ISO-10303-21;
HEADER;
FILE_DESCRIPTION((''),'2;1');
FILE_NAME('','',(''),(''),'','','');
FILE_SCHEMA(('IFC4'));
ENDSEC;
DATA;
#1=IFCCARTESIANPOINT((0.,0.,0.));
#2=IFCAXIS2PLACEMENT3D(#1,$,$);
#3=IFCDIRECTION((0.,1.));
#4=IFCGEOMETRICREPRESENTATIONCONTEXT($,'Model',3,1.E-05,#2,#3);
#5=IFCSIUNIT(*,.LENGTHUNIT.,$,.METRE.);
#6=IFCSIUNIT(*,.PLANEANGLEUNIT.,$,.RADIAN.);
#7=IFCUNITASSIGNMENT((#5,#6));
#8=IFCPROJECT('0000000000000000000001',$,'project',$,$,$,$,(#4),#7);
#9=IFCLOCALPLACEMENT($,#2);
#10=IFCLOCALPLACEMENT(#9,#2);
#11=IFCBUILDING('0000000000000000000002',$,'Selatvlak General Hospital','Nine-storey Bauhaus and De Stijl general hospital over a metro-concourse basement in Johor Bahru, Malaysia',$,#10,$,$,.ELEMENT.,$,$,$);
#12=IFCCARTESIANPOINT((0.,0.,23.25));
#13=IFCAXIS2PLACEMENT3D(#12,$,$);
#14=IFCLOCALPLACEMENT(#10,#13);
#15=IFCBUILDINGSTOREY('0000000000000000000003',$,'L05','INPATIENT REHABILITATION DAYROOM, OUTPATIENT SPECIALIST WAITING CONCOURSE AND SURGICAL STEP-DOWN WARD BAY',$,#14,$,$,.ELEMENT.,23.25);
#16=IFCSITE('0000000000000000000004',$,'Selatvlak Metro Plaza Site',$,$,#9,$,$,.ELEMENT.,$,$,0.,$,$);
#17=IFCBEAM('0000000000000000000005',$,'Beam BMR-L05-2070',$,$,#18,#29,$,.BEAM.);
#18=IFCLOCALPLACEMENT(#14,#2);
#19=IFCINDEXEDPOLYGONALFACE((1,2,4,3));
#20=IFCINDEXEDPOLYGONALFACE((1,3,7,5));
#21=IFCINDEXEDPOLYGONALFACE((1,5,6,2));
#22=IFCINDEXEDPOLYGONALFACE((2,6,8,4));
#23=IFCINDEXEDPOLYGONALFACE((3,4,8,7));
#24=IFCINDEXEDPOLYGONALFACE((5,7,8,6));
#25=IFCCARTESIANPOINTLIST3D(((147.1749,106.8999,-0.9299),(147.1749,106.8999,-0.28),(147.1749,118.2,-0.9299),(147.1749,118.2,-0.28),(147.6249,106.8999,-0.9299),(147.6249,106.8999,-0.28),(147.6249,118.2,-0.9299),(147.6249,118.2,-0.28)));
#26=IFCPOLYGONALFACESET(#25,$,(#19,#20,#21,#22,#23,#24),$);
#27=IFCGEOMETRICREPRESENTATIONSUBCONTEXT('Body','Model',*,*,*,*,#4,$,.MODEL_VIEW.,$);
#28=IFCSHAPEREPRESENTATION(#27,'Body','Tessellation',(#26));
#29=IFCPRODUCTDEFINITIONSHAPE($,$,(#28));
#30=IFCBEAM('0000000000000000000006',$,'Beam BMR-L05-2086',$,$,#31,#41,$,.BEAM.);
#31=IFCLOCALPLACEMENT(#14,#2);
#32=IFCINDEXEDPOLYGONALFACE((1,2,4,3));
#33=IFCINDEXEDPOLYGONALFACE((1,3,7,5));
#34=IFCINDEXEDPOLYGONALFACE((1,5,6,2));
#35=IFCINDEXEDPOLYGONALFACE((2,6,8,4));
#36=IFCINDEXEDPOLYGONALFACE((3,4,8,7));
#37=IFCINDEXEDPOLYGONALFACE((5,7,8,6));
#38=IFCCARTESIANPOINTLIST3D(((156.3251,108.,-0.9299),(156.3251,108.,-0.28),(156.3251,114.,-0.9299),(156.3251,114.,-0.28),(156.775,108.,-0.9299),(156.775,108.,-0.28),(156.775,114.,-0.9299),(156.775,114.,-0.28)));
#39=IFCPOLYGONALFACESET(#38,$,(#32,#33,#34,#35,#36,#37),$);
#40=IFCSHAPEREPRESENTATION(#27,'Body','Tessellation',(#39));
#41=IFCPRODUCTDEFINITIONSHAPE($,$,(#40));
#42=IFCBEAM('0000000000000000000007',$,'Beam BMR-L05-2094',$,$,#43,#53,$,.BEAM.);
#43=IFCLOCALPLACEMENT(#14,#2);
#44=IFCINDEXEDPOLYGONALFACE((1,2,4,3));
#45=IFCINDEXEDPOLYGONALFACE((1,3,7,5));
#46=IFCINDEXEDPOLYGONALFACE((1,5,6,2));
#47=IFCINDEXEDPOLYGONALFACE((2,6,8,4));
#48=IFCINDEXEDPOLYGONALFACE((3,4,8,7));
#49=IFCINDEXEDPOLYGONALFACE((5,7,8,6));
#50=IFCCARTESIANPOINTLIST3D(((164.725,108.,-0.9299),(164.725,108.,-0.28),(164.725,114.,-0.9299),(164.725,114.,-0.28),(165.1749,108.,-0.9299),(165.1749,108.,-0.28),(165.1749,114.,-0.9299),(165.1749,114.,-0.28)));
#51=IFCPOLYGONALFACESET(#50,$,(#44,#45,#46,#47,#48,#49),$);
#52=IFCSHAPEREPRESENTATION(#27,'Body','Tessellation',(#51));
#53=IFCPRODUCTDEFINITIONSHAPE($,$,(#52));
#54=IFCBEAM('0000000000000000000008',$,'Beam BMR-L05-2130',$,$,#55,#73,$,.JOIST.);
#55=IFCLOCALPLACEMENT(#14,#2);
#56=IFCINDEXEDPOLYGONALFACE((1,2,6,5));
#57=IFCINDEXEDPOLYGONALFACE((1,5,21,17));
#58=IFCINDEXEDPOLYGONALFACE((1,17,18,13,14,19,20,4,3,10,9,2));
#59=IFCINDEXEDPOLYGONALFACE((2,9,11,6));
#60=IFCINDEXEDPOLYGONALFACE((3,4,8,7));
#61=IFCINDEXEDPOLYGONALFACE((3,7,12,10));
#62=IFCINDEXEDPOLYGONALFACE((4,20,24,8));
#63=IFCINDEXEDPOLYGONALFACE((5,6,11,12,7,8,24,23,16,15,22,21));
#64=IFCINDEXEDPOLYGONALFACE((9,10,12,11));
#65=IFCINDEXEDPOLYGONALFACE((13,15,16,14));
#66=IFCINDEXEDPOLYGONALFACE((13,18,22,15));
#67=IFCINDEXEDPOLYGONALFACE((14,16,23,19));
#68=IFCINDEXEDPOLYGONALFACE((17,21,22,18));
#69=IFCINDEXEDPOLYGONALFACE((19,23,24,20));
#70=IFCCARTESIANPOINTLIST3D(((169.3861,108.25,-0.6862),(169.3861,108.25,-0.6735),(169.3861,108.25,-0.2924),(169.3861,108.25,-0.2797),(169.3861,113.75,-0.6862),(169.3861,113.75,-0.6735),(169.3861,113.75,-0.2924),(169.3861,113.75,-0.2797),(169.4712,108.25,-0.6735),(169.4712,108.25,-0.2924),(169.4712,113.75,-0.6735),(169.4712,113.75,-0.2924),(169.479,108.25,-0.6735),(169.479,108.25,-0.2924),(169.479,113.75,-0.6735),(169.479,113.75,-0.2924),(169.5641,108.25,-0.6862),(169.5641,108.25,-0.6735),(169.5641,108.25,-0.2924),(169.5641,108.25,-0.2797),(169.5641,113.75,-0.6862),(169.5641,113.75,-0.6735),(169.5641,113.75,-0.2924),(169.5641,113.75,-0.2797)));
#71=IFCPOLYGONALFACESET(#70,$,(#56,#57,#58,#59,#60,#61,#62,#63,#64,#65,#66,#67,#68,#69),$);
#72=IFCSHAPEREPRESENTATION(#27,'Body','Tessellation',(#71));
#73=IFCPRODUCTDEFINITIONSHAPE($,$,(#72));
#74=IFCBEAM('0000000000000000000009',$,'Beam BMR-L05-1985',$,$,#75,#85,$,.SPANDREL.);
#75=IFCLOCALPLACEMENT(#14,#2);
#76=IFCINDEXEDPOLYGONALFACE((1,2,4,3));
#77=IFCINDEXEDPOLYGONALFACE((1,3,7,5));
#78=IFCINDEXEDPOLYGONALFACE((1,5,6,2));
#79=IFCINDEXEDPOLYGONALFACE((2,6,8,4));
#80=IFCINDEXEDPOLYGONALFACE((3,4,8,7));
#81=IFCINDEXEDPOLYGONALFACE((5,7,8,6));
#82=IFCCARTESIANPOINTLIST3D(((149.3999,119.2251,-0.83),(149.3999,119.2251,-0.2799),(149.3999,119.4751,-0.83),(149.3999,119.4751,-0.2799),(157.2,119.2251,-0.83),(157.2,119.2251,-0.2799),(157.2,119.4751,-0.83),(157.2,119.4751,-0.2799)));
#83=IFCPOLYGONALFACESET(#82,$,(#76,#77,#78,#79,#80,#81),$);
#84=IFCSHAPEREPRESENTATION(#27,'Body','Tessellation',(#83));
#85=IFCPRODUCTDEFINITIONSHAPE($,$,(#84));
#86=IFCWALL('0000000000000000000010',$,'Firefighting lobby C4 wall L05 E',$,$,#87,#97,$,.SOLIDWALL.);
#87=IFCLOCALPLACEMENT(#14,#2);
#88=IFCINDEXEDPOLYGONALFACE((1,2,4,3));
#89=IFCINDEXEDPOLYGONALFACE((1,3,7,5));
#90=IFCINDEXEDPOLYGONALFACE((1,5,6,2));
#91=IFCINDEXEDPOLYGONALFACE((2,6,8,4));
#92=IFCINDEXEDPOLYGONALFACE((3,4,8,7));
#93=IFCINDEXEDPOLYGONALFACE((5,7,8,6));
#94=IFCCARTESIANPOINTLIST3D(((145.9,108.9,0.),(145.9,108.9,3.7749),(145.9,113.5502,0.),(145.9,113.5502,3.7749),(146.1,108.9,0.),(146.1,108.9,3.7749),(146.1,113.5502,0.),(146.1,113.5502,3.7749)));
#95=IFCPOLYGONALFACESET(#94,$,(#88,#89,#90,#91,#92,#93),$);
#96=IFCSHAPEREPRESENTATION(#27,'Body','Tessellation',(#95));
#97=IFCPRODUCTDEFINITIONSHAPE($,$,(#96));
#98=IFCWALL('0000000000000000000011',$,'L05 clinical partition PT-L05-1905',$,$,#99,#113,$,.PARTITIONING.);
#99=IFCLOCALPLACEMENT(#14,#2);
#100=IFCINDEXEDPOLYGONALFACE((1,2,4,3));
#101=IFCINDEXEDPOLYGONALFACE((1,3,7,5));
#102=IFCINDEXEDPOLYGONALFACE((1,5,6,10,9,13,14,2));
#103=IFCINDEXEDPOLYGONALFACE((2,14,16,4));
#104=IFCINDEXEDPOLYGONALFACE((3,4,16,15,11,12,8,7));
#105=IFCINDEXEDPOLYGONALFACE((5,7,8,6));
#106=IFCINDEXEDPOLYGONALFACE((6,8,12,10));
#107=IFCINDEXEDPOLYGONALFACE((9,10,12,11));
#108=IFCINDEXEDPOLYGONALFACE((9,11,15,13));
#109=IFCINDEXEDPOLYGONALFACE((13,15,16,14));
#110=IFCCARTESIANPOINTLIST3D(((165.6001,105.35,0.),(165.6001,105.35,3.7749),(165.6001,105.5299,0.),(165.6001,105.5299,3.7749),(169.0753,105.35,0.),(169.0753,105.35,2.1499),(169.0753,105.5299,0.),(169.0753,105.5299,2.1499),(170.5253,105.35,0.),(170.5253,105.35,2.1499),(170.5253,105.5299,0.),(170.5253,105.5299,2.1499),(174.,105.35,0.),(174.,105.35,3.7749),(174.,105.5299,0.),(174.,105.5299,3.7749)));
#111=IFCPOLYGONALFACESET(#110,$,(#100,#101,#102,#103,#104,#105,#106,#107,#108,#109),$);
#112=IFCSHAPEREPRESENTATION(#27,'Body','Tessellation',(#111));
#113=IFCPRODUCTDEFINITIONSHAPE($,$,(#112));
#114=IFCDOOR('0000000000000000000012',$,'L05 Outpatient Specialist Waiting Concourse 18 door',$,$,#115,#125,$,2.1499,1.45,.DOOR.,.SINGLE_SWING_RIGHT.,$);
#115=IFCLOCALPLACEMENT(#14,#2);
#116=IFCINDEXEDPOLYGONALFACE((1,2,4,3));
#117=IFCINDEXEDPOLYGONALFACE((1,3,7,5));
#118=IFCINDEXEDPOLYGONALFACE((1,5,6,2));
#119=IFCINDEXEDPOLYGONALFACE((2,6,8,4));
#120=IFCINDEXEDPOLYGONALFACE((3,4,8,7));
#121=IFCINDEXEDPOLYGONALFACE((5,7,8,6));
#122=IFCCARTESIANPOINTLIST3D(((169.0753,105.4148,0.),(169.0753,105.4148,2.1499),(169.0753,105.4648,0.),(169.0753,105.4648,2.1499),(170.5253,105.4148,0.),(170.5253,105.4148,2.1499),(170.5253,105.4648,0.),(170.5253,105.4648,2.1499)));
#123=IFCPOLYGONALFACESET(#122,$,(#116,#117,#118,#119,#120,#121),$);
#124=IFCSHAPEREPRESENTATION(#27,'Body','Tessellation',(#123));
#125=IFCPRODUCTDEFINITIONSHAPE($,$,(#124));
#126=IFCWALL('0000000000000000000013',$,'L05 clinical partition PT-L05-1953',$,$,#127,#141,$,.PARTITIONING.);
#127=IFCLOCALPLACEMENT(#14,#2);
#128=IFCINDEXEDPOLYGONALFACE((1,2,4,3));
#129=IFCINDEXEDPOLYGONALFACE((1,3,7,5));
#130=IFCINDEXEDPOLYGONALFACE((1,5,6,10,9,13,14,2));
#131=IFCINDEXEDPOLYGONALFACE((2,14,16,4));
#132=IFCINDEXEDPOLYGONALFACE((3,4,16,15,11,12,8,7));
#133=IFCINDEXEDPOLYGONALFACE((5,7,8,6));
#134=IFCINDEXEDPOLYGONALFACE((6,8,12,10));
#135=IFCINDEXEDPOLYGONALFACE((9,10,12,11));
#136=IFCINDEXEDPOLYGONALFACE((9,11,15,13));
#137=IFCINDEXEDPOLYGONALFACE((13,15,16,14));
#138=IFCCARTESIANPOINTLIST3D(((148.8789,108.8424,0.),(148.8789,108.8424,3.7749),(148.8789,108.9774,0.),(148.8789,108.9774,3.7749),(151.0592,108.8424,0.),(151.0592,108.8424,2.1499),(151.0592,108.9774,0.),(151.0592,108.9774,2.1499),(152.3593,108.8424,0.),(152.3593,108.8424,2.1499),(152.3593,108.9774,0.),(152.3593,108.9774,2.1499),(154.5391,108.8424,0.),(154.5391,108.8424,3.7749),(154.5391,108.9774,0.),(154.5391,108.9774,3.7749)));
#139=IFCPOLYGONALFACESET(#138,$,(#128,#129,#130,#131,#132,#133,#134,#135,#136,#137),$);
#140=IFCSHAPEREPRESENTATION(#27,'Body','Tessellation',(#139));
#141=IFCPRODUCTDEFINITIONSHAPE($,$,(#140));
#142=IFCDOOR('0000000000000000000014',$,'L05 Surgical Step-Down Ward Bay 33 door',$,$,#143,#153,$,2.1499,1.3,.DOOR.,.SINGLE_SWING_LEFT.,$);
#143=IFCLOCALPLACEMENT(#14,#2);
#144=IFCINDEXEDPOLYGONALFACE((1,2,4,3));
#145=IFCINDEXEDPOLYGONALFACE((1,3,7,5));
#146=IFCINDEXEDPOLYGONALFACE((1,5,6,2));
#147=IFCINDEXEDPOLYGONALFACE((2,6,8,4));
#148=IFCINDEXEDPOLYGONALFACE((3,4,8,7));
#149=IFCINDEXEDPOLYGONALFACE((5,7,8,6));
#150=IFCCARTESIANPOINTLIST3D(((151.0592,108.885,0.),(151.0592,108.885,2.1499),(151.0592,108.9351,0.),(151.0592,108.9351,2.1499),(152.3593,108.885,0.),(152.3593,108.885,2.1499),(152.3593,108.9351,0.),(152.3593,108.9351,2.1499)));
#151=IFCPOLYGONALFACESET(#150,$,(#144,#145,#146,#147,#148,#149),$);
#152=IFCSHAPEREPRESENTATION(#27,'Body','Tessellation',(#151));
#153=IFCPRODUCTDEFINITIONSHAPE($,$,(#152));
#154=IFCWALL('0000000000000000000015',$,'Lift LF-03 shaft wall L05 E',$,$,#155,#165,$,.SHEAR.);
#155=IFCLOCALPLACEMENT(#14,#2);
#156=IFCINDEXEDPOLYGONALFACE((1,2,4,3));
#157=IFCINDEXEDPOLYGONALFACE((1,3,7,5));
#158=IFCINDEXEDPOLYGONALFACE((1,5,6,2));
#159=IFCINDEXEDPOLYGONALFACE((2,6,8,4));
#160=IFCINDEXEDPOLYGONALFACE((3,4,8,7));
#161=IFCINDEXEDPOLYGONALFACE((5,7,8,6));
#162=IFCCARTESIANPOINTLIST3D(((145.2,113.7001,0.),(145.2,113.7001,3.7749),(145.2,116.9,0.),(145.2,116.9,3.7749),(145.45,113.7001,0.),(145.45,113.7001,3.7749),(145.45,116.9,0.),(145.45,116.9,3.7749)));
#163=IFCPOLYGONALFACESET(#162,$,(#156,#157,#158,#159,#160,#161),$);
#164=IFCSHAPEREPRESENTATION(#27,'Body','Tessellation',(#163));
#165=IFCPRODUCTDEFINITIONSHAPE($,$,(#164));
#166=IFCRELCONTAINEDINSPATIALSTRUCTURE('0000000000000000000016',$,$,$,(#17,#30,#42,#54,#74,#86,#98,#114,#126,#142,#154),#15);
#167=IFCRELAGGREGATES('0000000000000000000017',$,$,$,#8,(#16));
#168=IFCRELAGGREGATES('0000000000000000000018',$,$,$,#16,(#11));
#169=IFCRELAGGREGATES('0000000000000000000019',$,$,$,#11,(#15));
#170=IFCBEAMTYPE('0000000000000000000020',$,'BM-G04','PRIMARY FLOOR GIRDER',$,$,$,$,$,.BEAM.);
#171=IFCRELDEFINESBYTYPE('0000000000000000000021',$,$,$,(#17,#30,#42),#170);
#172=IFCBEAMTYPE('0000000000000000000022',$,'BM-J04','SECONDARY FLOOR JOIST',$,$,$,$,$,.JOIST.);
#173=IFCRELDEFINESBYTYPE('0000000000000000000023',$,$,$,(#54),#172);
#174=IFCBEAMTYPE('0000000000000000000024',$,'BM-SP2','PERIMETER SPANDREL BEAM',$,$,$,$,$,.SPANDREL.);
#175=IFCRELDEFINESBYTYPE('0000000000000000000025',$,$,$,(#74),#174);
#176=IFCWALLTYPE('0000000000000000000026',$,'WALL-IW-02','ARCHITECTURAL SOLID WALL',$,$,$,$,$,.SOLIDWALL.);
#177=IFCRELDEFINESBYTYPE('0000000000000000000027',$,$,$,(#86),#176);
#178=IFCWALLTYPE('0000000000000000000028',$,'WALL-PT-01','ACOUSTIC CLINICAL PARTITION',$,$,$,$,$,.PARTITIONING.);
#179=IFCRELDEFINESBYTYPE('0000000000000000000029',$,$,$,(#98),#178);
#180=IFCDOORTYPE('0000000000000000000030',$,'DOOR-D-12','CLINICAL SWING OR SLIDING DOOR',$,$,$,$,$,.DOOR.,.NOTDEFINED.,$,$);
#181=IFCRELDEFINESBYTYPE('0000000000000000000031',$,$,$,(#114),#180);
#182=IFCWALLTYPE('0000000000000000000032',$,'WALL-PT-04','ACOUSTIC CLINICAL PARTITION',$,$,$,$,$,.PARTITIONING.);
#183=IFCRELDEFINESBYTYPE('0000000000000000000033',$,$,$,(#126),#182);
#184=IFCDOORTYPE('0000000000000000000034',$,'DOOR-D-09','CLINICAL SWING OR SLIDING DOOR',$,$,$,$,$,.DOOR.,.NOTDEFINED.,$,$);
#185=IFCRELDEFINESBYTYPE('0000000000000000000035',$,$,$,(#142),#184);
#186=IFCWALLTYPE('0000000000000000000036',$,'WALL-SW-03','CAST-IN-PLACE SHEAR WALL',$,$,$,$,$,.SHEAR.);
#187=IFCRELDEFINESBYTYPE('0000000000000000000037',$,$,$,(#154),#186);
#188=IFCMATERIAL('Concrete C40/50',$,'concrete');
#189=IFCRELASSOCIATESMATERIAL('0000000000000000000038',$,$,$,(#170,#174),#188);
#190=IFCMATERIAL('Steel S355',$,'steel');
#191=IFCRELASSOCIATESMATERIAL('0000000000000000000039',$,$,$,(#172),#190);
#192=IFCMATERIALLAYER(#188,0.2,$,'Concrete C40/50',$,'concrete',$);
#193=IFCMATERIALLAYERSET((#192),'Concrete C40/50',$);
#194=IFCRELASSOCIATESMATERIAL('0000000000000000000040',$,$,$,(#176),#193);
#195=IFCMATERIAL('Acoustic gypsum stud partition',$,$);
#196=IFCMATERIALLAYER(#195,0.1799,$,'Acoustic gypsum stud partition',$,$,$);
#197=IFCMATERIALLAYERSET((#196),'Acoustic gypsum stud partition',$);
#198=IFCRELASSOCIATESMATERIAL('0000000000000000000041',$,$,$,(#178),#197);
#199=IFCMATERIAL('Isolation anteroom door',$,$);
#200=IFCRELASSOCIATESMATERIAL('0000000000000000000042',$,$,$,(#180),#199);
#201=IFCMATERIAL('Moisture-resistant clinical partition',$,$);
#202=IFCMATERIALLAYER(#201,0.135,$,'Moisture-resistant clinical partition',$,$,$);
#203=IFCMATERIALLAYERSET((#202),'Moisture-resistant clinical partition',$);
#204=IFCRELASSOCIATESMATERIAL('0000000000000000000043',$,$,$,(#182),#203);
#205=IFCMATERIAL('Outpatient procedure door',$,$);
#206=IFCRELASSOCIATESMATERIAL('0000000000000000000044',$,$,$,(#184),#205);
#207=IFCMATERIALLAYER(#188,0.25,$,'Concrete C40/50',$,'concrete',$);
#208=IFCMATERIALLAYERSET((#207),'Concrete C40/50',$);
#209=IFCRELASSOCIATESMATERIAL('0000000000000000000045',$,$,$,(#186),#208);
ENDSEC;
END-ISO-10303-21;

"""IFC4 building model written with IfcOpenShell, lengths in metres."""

from ifc_helpers import new_model, si_unit, direction, frame, frame_2d, origin, origin_2d, place, context, subcontext, project, spatial, rectangle, i_section, extrude, material, layer, layer_set, material_profile, profile_set, type_object, element, fill, save


model = new_model("IFC4")

# Units and contexts
model_context = context("Model", 3, precision=1e-05, world=origin(), true_north=direction((0.0, 1.0)))
body_context = subcontext(model_context, "Body", "Model", "MODEL_VIEW")
ifc_project = project(units=[si_unit("LENGTHUNIT", "METRE"), si_unit("PLANEANGLEUNIT", "RADIAN")], contexts=[model_context])

# Site, building, storey
site_placement = place(None, origin())
site = spatial("IfcSite", under=ifc_project, at=site_placement, Name="Selatvlak Metro Plaza Site", CompositionType="ELEMENT", RefElevation=0.0)
building_placement = place(site_placement, origin())
building = spatial("IfcBuilding", under=site, at=building_placement, Name="Selatvlak General Hospital", Description="Nine-storey Bauhaus and De Stijl general hospital over a metro-concourse basement in Johor Bahru, Malaysia", CompositionType="ELEMENT")
storey_placement = place(building_placement, frame((0.0, 0.0, 23.25)))
storey = spatial("IfcBuildingStorey", under=building, at=storey_placement, Name="L05", Description="INPATIENT REHABILITATION DAYROOM, OUTPATIENT SPECIALIST WAITING CONCOURSE AND SURGICAL STEP-DOWN WARD BAY", CompositionType="ELEMENT", Elevation=23.25)

# Shared definitions
ifc_material_1 = material(Name="Concrete C40/50", Category="concrete")

# Beams
ifc_material_profile_1 = material_profile(ifc_material_1, rectangle(XDim=0.45, YDim=0.6499, at=origin_2d()), Name="RC-BM 450x650")
ifc_profile_set_1 = profile_set([ifc_material_profile_1], Name="Concrete C40/50")
beam_type_1 = type_object("IfcBeamType", Name="BM-G04", Description="PRIMARY FLOOR GIRDER", PredefinedType="BEAM", material=ifc_profile_set_1)
beam_1_placement = place(storey_placement, frame((147.3999, 106.8999, -0.605), z_axis=(0.0, 1.0, 0.0), x_axis=(-1.0, 0.0, 0.0)))
element("IfcBeam", 1, at=beam_1_placement, inside=storey, type_object=beam_type_1, Name="Beam BMR-L05-2070", PredefinedType="BEAM", context=body_context, shape_type="SweptSolid", body=[
    extrude(rectangle(XDim=0.45, YDim=0.6499, at=origin_2d()), origin(), (0.0, 0.0, 1.0), 11.3),
])
for number, where, z_axis, x_axis, name in (
    (2, (156.55, 108.0, -0.605), (0.0, 1.0, 0.0), (-1.0, 0.0, 0.0), "Beam BMR-L05-2086"),
    (3, (164.95, 108.0, -0.605), (0.0, 1.0, 0.0), (-1.0, 0.0, 0.0), "Beam BMR-L05-2094"),
):
    element("IfcBeam", number, at=place(storey_placement, frame(where, z_axis=z_axis, x_axis=x_axis)), inside=storey, type_object=beam_type_1, Name=name, PredefinedType="BEAM", context=body_context, shape_type="SweptSolid", body=[
        extrude(rectangle(XDim=0.45, YDim=0.6499, at=origin_2d()), origin(), (0.0, 0.0, 1.0), 6.0),
    ])
ifc_material_2 = material(Name="Steel S355", Category="steel")
ifc_material_profile_2 = material_profile(ifc_material_2, i_section(OverallWidth=0.178, OverallDepth=0.4065, WebThickness=0.0078, FlangeThickness=0.0127, at=origin_2d()), Name="UB 406x178x60")
ifc_profile_set_2 = profile_set([ifc_material_profile_2], Name="Steel S355")
beam_type_2 = type_object("IfcBeamType", Name="BM-J04", Description="SECONDARY FLOOR JOIST", PredefinedType="JOIST", material=ifc_profile_set_2)
beam_2_placement = place(storey_placement, frame((169.4751, 108.25, -0.4829), z_axis=(0.0, 1.0, 0.0), x_axis=(-1.0, 0.0, 0.0)))
element("IfcBeam", 4, at=beam_2_placement, inside=storey, type_object=beam_type_2, Name="Beam BMR-L05-2130", PredefinedType="JOIST", context=body_context, shape_type="SweptSolid", body=[
    extrude(i_section(OverallWidth=0.178, OverallDepth=0.4065, WebThickness=0.0078, FlangeThickness=0.0127, at=origin_2d()), origin(), (0.0, 0.0, 1.0), 5.5),
])
ifc_material_profile_3 = material_profile(ifc_material_1, rectangle(XDim=0.25, YDim=0.55, at=origin_2d()), Name="RC-SP 250x550")
ifc_profile_set_3 = profile_set([ifc_material_profile_3], Name="Concrete C40/50")
beam_type_3 = type_object("IfcBeamType", Name="BM-SP2", Description="PERIMETER SPANDREL BEAM", PredefinedType="SPANDREL", material=ifc_profile_set_3)
beam_3_placement = place(storey_placement, frame((149.3999, 119.3501, -0.5549), z_axis=(1.0, 0.0, 0.0), x_axis=(0.0, 1.0, 0.0)))
element("IfcBeam", 5, at=beam_3_placement, inside=storey, type_object=beam_type_3, Name="Beam BMR-L05-1985", PredefinedType="SPANDREL", context=body_context, shape_type="SweptSolid", body=[
    extrude(rectangle(XDim=0.25, YDim=0.55, at=origin_2d()), origin(), (0.0, 0.0, 1.0), 7.8),
])

# Wall
ifc_layer_1 = layer(ifc_material_1, 0.2, Name="Concrete C40/50", Category="concrete")
ifc_layer_set_1 = layer_set([ifc_layer_1], Name="Concrete C40/50")
wall_type_1 = type_object("IfcWallType", Name="WALL-IW-02", Description="ARCHITECTURAL SOLID WALL", PredefinedType="SOLIDWALL", material=ifc_layer_set_1)
wall_1_placement = place(storey_placement, frame((146.0, 108.8999, 0.0), z_axis=(0.0, 0.0, 1.0), x_axis=(0.0, 1.0, 0.0)))
element("IfcWall", 6, at=wall_1_placement, inside=storey, type_object=wall_type_1, Name="Firefighting lobby C4 wall L05 E", PredefinedType="SOLIDWALL", context=body_context, shape_type="SweptSolid", body=[
    extrude(rectangle(XDim=4.6501, YDim=0.2, at=frame_2d((2.3252, 0.0))), origin(), (0.0, 0.0, 1.0), 3.7749),
])

# Walls, openings, doors
ifc_material_3 = material(Name="Acoustic gypsum stud partition")
ifc_layer_2 = layer(ifc_material_3, 0.1799, Name="Acoustic gypsum stud partition")
ifc_layer_set_2 = layer_set([ifc_layer_2], Name="Acoustic gypsum stud partition")
wall_type_2 = type_object("IfcWallType", Name="WALL-PT-01", Description="ACOUSTIC CLINICAL PARTITION", PredefinedType="PARTITIONING", material=ifc_layer_set_2)
wall_2_placement = place(storey_placement, frame((165.6001, 105.4399, 0.0), z_axis=(0.0, 0.0, 1.0), x_axis=(1.0, 0.0, 0.0)))
wall_2 = element("IfcWall", 7, at=wall_2_placement, inside=storey, type_object=wall_type_2, Name="L05 clinical partition PT-L05-1905", PredefinedType="PARTITIONING", context=body_context, shape_type="SweptSolid", body=[
    extrude(rectangle(XDim=8.3999, YDim=0.1799, at=frame_2d((4.2, 0.0))), origin(), (0.0, 0.0, 1.0), 3.7749),
])
opening_1_placement = place(wall_2_placement, frame((3.4751, 0.0, 0.0)))
opening_1 = element("IfcOpeningElement", 8, at=opening_1_placement, cuts=wall_2, PredefinedType="OPENING", context=body_context, shape_type="SweptSolid", body=[
    extrude(rectangle(XDim=1.45, YDim=2.1499, at=frame_2d((0.7251, 1.075))), frame((0.0, 0.0999, 0.0), z_axis=(0.0, -1.0, 0.0), x_axis=(1.0, 0.0, 0.0)), (0.0, 0.0, 1.0), 0.2),
])
ifc_material_4 = material(Name="Isolation anteroom door")
door_type_1 = type_object("IfcDoorType", Name="DOOR-D-12", Description="CLINICAL SWING OR SLIDING DOOR", OperationType="NOTDEFINED", PredefinedType="DOOR", material=ifc_material_4)
door_1_placement = place(opening_1_placement, origin())
door_1 = element("IfcDoor", 9, at=door_1_placement, inside=storey, type_object=door_type_1, Name="L05 Outpatient Specialist Waiting Concourse 18 door", OperationType="SINGLE_SWING_RIGHT", OverallHeight=2.1499, OverallWidth=1.45, PredefinedType="DOOR", context=body_context, shape_type="SweptSolid", body=[
    extrude(rectangle(XDim=1.45, YDim=2.1499, at=frame_2d((0.7251, 1.075))), frame((0.0, 0.0249, 0.0), z_axis=(0.0, -1.0, 0.0), x_axis=(1.0, 0.0, 0.0)), (0.0, 0.0, 1.0), 0.05),
])
fill(opening_1, door_1)
ifc_material_5 = material(Name="Moisture-resistant clinical partition")
ifc_layer_3 = layer(ifc_material_5, 0.135, Name="Moisture-resistant clinical partition")
ifc_layer_set_3 = layer_set([ifc_layer_3], Name="Moisture-resistant clinical partition")
wall_type_3 = type_object("IfcWallType", Name="WALL-PT-04", Description="ACOUSTIC CLINICAL PARTITION", PredefinedType="PARTITIONING", material=ifc_layer_set_3)
wall_3_placement = place(storey_placement, frame((154.5391, 108.9099, 0.0), z_axis=(0.0, 0.0, 1.0), x_axis=(-1.0, 0.0, 0.0)))
wall_3 = element("IfcWall", 10, at=wall_3_placement, inside=storey, type_object=wall_type_3, Name="L05 clinical partition PT-L05-1953", PredefinedType="PARTITIONING", context=body_context, shape_type="SweptSolid", body=[
    extrude(rectangle(XDim=5.6602, YDim=0.135, at=frame_2d((2.8301, 0.0))), origin(), (0.0, 0.0, 1.0), 3.7749),
])
opening_2_placement = place(wall_3_placement, frame((2.1799, 0.0, 0.0)))
opening_2 = element("IfcOpeningElement", 11, at=opening_2_placement, cuts=wall_3, PredefinedType="OPENING", context=body_context, shape_type="SweptSolid", body=[
    extrude(rectangle(XDim=1.3, YDim=2.1499, at=frame_2d((0.6499, 1.075))), frame((0.0, 0.0774, 0.0), z_axis=(0.0, -1.0, 0.0), x_axis=(1.0, 0.0, 0.0)), (0.0, 0.0, 1.0), 0.155),
])
ifc_material_6 = material(Name="Outpatient procedure door")
door_type_2 = type_object("IfcDoorType", Name="DOOR-D-09", Description="CLINICAL SWING OR SLIDING DOOR", OperationType="NOTDEFINED", PredefinedType="DOOR", material=ifc_material_6)
door_2_placement = place(opening_2_placement, origin())
door_2 = element("IfcDoor", 12, at=door_2_placement, inside=storey, type_object=door_type_2, Name="L05 Surgical Step-Down Ward Bay 33 door", OperationType="SINGLE_SWING_LEFT", OverallHeight=2.1499, OverallWidth=1.3, PredefinedType="DOOR", context=body_context, shape_type="SweptSolid", body=[
    extrude(rectangle(XDim=1.3, YDim=2.1499, at=frame_2d((0.6499, 1.075))), frame((0.0, 0.0249, 0.0), z_axis=(0.0, -1.0, 0.0), x_axis=(1.0, 0.0, 0.0)), (0.0, 0.0, 1.0), 0.05),
])
fill(opening_2, door_2)

# Wall
ifc_layer_4 = layer(ifc_material_1, 0.25, Name="Concrete C40/50", Category="concrete")
ifc_layer_set_4 = layer_set([ifc_layer_4], Name="Concrete C40/50")
wall_type_4 = type_object("IfcWallType", Name="WALL-SW-03", Description="CAST-IN-PLACE SHEAR WALL", PredefinedType="SHEAR", material=ifc_layer_set_4)
wall_4_placement = place(storey_placement, frame((145.325, 113.7, 0.0), z_axis=(0.0, 0.0, 1.0), x_axis=(0.0, 1.0, 0.0)))
element("IfcWall", 13, at=wall_4_placement, inside=storey, type_object=wall_type_4, Name="Lift LF-03 shaft wall L05 E", PredefinedType="SHEAR", context=body_context, shape_type="SweptSolid", body=[
    extrude(rectangle(XDim=3.2, YDim=0.25, at=frame_2d((1.6001, 0.0))), origin(), (0.0, 0.0, 1.0), 3.7749),
])

save(model, "model.ifc")
